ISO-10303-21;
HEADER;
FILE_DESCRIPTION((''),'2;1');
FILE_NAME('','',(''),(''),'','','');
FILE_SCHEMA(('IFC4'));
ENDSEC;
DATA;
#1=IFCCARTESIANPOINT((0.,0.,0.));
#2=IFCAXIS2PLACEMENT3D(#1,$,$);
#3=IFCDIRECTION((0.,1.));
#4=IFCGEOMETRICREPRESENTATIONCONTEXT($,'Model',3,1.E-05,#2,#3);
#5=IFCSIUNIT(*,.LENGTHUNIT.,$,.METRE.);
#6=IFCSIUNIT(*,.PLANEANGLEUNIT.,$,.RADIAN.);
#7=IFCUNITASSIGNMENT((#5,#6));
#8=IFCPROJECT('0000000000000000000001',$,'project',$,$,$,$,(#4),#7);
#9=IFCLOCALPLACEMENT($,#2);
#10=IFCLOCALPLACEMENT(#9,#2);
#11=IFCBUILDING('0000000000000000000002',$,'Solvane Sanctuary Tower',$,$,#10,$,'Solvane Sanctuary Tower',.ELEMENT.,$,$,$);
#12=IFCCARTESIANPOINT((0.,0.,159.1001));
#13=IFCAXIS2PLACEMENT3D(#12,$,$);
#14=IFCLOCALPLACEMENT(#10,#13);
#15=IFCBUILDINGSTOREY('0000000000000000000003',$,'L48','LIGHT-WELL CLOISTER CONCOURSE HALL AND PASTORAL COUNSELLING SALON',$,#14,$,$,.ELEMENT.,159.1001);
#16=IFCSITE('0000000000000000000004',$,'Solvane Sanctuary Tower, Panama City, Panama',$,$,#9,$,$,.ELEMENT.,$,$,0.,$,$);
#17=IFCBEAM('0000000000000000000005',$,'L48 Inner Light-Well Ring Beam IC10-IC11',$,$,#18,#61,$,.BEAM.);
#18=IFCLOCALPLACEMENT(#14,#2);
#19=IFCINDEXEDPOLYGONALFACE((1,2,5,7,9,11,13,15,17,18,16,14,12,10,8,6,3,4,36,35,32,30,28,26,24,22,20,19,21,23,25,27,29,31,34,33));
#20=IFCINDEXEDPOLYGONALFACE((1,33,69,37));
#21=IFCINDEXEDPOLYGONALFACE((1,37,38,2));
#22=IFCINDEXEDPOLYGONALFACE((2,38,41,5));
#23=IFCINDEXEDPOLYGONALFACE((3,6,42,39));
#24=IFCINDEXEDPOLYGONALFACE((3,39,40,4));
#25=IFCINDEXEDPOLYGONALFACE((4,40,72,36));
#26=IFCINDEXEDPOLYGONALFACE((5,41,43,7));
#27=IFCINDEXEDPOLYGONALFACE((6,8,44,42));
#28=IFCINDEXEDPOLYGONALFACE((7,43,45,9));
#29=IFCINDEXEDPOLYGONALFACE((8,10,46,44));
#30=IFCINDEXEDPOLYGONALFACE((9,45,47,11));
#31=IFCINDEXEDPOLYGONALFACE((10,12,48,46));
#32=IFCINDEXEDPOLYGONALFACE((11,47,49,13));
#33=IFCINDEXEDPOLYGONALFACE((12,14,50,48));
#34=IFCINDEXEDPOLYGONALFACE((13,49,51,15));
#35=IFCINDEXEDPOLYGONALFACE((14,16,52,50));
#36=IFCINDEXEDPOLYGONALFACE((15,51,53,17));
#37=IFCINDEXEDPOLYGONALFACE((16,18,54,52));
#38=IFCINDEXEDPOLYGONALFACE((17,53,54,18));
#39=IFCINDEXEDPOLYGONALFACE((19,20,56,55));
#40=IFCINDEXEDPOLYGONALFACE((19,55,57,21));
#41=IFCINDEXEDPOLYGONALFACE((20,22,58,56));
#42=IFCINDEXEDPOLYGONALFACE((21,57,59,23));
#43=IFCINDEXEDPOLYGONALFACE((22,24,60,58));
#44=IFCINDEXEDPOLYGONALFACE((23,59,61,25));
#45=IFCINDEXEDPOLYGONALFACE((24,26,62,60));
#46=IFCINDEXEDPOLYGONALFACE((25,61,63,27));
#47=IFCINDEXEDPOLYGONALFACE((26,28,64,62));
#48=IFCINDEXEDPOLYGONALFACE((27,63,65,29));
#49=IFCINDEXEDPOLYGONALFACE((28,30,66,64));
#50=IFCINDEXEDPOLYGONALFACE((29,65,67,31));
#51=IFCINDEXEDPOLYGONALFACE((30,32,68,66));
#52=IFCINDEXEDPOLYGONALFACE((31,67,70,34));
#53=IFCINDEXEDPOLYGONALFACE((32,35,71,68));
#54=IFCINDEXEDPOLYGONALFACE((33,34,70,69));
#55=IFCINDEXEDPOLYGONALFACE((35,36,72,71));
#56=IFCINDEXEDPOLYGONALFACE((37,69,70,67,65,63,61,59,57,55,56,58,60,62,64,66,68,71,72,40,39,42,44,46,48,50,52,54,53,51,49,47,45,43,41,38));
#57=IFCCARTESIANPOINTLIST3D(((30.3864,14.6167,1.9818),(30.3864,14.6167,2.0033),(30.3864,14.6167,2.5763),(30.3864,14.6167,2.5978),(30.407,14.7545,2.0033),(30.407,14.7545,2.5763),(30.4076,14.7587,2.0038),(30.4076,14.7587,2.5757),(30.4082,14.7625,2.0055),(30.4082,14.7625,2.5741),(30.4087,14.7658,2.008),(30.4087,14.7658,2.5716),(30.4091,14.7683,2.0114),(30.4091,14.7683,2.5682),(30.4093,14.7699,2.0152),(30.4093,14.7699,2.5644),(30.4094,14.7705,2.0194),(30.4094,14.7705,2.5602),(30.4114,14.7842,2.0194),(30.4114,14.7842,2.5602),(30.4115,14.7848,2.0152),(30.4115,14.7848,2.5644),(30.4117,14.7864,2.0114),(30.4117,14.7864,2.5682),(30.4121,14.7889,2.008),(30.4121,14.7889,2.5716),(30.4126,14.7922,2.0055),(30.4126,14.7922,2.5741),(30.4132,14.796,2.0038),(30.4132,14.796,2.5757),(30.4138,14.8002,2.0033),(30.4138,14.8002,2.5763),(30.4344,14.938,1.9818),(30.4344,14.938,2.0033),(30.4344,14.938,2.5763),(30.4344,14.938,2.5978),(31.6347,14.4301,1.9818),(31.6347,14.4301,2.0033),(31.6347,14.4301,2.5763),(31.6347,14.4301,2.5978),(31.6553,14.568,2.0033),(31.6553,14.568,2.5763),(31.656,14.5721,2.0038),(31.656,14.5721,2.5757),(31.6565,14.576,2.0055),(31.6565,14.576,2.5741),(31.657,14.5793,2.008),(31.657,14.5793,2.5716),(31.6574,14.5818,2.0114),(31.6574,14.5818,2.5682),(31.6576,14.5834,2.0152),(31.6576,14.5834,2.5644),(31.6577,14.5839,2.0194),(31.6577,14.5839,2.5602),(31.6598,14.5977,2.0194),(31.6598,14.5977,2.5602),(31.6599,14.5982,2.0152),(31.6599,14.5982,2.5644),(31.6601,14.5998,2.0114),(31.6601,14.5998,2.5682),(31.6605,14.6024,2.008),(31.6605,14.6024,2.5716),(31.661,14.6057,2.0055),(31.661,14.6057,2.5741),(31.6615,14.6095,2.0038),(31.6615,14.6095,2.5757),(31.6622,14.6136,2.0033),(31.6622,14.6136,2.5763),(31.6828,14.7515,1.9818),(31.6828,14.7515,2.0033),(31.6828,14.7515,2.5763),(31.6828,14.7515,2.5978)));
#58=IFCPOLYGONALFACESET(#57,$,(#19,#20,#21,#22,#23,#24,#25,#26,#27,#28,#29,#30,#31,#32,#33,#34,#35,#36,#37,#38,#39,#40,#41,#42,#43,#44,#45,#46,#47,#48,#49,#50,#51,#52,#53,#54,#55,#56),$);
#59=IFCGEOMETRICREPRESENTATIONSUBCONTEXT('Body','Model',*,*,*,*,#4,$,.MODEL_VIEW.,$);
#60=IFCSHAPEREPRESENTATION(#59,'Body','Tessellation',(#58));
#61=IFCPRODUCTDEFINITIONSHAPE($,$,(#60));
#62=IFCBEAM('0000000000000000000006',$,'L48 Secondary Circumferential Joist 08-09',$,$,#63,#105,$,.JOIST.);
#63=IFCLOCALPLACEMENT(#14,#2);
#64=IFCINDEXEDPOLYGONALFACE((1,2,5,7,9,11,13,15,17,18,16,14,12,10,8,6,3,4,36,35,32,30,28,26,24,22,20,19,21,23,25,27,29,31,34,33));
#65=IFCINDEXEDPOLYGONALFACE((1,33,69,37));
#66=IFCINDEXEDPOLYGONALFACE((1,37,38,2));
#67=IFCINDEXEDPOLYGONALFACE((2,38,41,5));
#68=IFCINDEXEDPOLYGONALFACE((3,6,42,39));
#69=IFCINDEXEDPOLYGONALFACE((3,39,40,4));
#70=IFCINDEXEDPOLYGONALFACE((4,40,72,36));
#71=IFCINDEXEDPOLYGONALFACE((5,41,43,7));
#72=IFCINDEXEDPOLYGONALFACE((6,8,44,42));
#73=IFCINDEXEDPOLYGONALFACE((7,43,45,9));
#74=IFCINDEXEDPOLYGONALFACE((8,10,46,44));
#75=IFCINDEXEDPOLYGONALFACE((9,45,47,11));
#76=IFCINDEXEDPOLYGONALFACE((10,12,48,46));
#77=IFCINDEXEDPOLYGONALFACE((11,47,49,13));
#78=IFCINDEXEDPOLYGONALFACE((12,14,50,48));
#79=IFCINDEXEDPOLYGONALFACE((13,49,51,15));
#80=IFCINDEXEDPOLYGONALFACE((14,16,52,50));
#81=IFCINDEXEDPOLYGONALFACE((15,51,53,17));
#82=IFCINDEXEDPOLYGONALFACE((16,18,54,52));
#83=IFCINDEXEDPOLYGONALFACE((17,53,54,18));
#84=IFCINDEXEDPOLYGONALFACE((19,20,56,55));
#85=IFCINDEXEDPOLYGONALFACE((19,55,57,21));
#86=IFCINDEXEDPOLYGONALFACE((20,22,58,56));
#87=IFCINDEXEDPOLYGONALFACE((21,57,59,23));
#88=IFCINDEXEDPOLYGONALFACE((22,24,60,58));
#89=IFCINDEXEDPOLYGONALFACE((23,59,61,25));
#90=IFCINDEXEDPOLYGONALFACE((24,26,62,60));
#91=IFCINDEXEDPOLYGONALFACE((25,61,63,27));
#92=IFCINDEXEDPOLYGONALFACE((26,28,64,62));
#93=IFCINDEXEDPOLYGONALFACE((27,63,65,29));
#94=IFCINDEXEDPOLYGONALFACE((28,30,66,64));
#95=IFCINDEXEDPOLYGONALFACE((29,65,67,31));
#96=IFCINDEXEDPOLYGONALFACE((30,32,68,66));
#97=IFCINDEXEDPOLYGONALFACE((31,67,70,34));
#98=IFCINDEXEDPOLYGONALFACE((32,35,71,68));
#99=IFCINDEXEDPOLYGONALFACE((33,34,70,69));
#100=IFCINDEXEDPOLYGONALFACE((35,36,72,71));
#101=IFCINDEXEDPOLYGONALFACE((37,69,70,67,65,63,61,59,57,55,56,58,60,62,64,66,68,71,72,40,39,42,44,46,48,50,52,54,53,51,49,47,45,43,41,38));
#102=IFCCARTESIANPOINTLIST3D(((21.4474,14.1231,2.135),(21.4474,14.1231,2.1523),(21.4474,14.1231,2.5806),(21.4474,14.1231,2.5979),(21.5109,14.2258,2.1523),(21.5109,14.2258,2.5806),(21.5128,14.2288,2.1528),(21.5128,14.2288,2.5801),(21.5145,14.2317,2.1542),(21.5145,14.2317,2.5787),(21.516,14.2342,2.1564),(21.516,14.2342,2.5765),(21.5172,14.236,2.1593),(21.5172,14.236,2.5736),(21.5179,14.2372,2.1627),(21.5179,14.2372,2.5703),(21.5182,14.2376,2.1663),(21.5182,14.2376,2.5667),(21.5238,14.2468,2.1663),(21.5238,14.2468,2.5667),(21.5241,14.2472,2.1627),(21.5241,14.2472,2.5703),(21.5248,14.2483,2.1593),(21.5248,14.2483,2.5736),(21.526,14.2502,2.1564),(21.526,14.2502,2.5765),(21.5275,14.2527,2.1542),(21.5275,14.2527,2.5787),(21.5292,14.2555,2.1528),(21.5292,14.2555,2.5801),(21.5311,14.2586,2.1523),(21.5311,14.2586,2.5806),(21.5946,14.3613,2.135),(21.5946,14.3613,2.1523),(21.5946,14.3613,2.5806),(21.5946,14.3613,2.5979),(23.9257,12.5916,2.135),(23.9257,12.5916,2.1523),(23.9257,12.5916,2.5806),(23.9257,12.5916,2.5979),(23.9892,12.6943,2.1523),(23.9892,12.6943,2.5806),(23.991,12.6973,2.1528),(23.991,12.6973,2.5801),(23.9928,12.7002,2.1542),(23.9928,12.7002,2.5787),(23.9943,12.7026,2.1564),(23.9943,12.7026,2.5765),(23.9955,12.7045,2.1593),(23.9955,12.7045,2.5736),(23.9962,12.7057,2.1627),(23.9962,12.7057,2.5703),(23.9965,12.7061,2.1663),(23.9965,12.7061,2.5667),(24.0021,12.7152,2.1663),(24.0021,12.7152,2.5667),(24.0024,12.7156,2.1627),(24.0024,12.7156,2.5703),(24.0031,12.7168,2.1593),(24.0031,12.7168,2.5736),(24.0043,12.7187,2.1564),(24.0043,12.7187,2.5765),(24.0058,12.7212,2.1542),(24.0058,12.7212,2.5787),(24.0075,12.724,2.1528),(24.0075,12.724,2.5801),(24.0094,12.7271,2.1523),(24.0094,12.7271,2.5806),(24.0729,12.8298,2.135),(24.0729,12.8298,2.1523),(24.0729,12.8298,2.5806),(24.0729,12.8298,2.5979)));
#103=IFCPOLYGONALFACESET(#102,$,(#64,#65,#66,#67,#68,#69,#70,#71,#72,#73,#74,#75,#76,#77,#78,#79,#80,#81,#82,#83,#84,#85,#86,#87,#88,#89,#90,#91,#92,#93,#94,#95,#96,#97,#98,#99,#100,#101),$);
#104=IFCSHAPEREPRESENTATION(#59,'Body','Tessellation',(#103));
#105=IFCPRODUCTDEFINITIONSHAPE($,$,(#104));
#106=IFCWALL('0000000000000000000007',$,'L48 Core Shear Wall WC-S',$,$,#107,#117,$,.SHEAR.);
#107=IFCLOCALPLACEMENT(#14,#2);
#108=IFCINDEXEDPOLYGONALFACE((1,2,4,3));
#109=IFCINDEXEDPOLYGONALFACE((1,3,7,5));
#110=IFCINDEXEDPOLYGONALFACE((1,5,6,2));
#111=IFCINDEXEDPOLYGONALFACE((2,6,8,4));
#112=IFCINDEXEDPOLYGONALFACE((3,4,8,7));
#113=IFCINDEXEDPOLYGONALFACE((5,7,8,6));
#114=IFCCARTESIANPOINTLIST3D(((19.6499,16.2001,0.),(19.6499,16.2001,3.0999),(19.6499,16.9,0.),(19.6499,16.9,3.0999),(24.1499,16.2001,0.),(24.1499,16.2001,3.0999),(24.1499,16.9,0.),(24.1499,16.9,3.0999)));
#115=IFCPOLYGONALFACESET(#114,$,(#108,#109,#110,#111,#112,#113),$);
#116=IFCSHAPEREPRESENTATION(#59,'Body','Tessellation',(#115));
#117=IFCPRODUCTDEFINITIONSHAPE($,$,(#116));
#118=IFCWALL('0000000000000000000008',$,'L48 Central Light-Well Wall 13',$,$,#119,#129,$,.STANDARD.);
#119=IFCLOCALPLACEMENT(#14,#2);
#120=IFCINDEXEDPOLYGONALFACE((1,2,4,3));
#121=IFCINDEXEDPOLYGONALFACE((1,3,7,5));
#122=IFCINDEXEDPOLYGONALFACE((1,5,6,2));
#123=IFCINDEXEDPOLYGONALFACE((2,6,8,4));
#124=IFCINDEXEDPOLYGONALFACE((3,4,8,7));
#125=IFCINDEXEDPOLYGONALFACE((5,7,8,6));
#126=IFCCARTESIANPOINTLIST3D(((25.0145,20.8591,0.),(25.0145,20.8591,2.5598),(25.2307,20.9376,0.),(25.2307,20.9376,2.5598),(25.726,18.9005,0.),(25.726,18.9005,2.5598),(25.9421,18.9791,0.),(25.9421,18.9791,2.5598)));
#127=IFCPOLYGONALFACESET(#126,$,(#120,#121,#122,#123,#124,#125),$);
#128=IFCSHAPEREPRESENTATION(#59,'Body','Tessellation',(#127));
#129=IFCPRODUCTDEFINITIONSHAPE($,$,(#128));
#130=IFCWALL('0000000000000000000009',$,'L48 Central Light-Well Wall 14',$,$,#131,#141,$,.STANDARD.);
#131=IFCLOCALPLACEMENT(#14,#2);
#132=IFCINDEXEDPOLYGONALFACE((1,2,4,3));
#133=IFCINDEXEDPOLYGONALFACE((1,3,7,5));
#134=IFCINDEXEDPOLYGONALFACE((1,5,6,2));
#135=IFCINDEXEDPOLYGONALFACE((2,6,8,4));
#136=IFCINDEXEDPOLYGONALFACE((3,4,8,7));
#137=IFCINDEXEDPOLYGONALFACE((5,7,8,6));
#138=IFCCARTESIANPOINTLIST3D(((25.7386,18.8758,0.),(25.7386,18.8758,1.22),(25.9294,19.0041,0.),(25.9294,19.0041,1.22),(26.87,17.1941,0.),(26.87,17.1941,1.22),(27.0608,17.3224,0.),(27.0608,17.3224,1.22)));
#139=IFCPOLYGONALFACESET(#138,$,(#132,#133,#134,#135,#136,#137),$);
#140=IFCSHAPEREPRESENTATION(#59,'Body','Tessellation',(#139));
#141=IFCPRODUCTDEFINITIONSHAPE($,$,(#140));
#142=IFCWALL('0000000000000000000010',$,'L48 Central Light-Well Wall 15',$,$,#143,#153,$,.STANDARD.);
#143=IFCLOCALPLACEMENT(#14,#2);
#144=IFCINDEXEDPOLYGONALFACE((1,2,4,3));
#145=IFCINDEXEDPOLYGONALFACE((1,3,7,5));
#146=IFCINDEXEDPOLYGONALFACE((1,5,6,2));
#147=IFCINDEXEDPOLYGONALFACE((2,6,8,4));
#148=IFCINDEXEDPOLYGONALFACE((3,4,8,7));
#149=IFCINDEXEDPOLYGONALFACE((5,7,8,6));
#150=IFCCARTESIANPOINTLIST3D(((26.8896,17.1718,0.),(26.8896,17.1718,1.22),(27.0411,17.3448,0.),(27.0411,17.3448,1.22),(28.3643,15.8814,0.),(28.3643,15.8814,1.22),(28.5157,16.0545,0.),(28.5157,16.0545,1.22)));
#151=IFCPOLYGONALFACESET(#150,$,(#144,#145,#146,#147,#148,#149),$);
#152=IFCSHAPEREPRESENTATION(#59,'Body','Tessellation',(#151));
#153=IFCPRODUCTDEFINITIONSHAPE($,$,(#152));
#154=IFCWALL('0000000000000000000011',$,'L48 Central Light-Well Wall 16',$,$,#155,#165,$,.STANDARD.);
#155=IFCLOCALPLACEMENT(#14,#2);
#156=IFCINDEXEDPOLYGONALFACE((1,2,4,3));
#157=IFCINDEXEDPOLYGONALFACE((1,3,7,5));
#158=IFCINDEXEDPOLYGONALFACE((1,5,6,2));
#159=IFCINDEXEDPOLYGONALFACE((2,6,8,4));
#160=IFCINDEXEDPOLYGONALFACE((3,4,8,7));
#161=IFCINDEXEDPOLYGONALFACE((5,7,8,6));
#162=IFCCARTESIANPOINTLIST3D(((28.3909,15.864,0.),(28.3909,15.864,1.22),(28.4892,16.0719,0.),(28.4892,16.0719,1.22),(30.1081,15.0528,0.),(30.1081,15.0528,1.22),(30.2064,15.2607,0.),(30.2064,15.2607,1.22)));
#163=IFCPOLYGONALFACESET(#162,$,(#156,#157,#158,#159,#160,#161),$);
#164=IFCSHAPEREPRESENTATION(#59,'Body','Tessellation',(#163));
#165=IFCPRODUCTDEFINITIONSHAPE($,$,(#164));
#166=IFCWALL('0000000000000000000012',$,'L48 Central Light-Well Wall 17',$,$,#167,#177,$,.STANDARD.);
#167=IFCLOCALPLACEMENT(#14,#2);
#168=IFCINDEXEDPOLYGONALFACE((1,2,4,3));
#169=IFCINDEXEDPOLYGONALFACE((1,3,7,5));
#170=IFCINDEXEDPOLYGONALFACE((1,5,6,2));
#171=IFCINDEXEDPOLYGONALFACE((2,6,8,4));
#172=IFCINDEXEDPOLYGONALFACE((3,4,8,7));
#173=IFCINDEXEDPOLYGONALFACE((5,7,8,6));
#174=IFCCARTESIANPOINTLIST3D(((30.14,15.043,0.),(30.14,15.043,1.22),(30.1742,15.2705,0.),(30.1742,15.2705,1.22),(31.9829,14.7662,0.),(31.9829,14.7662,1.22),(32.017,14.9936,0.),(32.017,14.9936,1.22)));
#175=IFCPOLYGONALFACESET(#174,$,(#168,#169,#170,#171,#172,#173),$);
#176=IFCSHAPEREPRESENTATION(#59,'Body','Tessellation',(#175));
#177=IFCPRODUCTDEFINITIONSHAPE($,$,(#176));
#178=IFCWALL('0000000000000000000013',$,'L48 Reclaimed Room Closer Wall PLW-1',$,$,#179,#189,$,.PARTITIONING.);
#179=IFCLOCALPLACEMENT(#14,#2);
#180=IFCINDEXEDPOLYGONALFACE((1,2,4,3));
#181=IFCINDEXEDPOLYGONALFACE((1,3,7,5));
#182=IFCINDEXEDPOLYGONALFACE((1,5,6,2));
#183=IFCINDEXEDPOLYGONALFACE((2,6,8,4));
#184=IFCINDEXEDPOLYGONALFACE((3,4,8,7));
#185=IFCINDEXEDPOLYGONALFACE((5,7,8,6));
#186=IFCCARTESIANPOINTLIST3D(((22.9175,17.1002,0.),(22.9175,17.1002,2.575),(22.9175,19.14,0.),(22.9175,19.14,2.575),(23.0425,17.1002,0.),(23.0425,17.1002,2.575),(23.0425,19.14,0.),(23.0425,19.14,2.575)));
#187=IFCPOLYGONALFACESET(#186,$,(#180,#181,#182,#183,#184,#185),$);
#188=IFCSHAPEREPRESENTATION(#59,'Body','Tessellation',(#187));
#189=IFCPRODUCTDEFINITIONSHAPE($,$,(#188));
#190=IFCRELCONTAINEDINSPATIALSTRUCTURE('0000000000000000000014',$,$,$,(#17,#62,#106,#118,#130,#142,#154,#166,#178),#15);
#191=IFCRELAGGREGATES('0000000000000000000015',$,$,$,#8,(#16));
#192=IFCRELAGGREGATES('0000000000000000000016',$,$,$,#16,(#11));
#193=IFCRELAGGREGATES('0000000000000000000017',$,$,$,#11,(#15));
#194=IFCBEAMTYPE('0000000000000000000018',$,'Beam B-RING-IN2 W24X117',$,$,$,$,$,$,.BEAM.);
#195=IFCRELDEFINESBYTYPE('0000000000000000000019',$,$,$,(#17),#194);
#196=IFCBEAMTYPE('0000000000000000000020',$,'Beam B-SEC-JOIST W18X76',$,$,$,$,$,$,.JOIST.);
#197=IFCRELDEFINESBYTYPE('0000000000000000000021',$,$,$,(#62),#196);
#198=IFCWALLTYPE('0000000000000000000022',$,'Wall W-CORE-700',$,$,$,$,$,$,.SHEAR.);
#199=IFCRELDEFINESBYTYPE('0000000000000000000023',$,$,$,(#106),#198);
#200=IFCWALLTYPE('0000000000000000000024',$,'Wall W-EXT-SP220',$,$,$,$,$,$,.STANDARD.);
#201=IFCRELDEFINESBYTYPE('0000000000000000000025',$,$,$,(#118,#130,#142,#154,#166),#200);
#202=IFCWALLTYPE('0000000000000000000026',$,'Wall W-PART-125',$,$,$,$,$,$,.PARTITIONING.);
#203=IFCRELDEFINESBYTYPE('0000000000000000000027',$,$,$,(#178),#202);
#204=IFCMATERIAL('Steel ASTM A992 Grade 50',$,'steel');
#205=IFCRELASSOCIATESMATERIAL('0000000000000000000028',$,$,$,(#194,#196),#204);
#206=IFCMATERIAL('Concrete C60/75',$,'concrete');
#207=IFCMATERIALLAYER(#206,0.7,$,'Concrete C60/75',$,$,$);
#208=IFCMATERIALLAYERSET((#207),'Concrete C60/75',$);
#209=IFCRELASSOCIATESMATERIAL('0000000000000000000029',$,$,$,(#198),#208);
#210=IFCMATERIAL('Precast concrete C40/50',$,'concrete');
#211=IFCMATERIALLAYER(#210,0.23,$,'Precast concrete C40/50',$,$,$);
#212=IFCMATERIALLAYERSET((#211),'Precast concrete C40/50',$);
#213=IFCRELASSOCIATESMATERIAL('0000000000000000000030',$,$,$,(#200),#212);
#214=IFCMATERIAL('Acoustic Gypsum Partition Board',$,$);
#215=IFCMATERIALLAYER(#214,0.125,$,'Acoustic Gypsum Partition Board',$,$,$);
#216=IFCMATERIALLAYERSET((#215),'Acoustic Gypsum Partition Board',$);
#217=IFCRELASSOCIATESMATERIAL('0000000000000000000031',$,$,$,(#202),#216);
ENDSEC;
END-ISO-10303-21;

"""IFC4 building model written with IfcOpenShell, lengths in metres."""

from ifc_helpers import new_model, si_unit, direction, frame, frame_2d, origin, origin_2d, place, context, subcontext, project, spatial, rectangle, i_section, extrude, material, layer, layer_set, material_profile, profile_set, type_object, element, save


model = new_model("IFC4")

# Units and contexts
model_context = context("Model", 3, precision=1e-05, world=origin(), true_north=direction((0.0, 1.0)))
body_context = subcontext(model_context, "Body", "Model", "MODEL_VIEW")
ifc_project = project(units=[si_unit("LENGTHUNIT", "METRE"), si_unit("PLANEANGLEUNIT", "RADIAN")], contexts=[model_context])

# Site, building, storey
site_placement = place(None, origin())
site = spatial("IfcSite", under=ifc_project, at=site_placement, Name="Solvane Sanctuary Tower, Panama City, Panama", CompositionType="ELEMENT", RefElevation=0.0)
building_placement = place(site_placement, origin())
building = spatial("IfcBuilding", under=site, at=building_placement, Name="Solvane Sanctuary Tower", LongName="Solvane Sanctuary Tower", CompositionType="ELEMENT")
storey_placement = place(building_placement, frame((0.0, 0.0, 159.1001)))
storey = spatial("IfcBuildingStorey", under=building, at=storey_placement, Name="L48", Description="LIGHT-WELL CLOISTER CONCOURSE HALL AND PASTORAL COUNSELLING SALON", CompositionType="ELEMENT", Elevation=159.1001)

# Beams
ifc_material_1 = material(Name="Steel ASTM A992 Grade 50", Category="steel")
ifc_material_profile_1 = material_profile(ifc_material_1, i_section(OverallWidth=0.325, OverallDepth=0.616, WebThickness=0.0139, FlangeThickness=0.0215, FilletRadius=0.0161, at=origin_2d()), Name="W24X117")
ifc_profile_set_1 = profile_set([ifc_material_profile_1], Name="Steel ASTM A992 Grade 50")
beam_type_1 = type_object("IfcBeamType", Name="Beam B-RING-IN2 W24X117", PredefinedType="BEAM", material=ifc_profile_set_1)
beam_1_placement = place(storey_placement, frame((30.4104, 14.7773, 2.2898), z_axis=(0.98902, -0.147782, 0.0), x_axis=(0.147782, 0.98902, 0.0)))
element("IfcBeam", 1, at=beam_1_placement, inside=storey, type_object=beam_type_1, Name="L48 Inner Light-Well Ring Beam IC10-IC11", PredefinedType="BEAM", context=body_context, shape_type="SweptSolid", body=[
    extrude(i_section(OverallWidth=0.325, OverallDepth=0.616, WebThickness=0.0139, FlangeThickness=0.0215, FilletRadius=0.0161, at=origin_2d()), origin(), (0.0, 0.0, 1.0), 1.2622),
])
ifc_material_profile_2 = material_profile(ifc_material_1, i_section(OverallWidth=0.28, OverallDepth=0.4629, WebThickness=0.0107, FlangeThickness=0.0173, FilletRadius=0.0139, at=origin_2d()), Name="W18X76")
ifc_profile_set_2 = profile_set([ifc_material_profile_2], Name="Steel ASTM A992 Grade 50")
beam_type_2 = type_object("IfcBeamType", Name="Beam B-SEC-JOIST W18X76", PredefinedType="JOIST", material=ifc_profile_set_2)
beam_2_placement = place(storey_placement, frame((21.521, 14.2422, 2.3665), z_axis=(0.850676, -0.525691, 0.0), x_axis=(0.525691, 0.850676, 0.0)))
element("IfcBeam", 2, at=beam_2_placement, inside=storey, type_object=beam_type_2, Name="L48 Secondary Circumferential Joist 08-09", PredefinedType="JOIST", context=body_context, shape_type="SweptSolid", body=[
    extrude(i_section(OverallWidth=0.28, OverallDepth=0.4629, WebThickness=0.0107, FlangeThickness=0.0173, FilletRadius=0.0139, at=origin_2d()), origin(), (0.0, 0.0, 1.0), 2.9133),
])

# Walls
ifc_material_2 = material(Name="Concrete C60/75", Category="concrete")
ifc_layer_1 = layer(ifc_material_2, 0.7, Name="Concrete C60/75")
ifc_layer_set_1 = layer_set([ifc_layer_1], Name="Concrete C60/75")
wall_type_1 = type_object("IfcWallType", Name="Wall W-CORE-700", PredefinedType="SHEAR", material=ifc_layer_set_1)
wall_1_placement = place(storey_placement, frame((19.6499, 16.55, 0.0), z_axis=(0.0, 0.0, 1.0), x_axis=(1.0, 0.0, 0.0)))
element("IfcWall", 3, at=wall_1_placement, inside=storey, type_object=wall_type_1, Name="L48 Core Shear Wall WC-S", PredefinedType="SHEAR", context=body_context, shape_type="SweptSolid", body=[
    extrude(rectangle(XDim=4.5, YDim=0.7, at=frame_2d((2.25, 0.0))), origin(), (0.0, 0.0, 1.0), 3.0999),
])
ifc_material_3 = material(Name="Precast concrete C40/50", Category="concrete")
ifc_layer_2 = layer(ifc_material_3, 0.23, Name="Precast concrete C40/50")
ifc_layer_set_2 = layer_set([ifc_layer_2], Name="Precast concrete C40/50")
wall_type_2 = type_object("IfcWallType", Name="Wall W-EXT-SP220", PredefinedType="STANDARD", material=ifc_layer_set_2)
wall_2_placement = place(storey_placement, frame((25.1226, 20.8984, 0.0), z_axis=(0.0, 0.0, 1.0), x_axis=(0.341423, -0.93991, 0.0)))
element("IfcWall", 4, at=wall_2_placement, inside=storey, type_object=wall_type_2, Name="L48 Central Light-Well Wall 13", PredefinedType="STANDARD", context=body_context, shape_type="SweptSolid", body=[
    extrude(rectangle(XDim=2.0837, YDim=0.23, at=frame_2d((1.042, 0.0))), origin(), (0.0, 0.0, 1.0), 2.5598),
])
wall_3_placement = place(storey_placement, frame((25.834, 18.9399, 0.0), z_axis=(0.0, 0.0, 1.0), x_axis=(0.558198, -0.829708, 0.0)))
element("IfcWall", 5, at=wall_3_placement, inside=storey, type_object=wall_type_2, Name="L48 Central Light-Well Wall 14", PredefinedType="STANDARD", context=body_context, shape_type="SweptSolid", body=[
    extrude(rectangle(XDim=2.0269, YDim=0.23, at=frame_2d((1.0134, 0.0))), origin(), (0.0, 0.0, 1.0), 1.22),
])
wall_4_placement = place(storey_placement, frame((26.9653, 17.2583, 0.0), z_axis=(0.0, 0.0, 1.0), x_axis=(0.752577, -0.658505, 0.0)))
element("IfcWall", 6, at=wall_4_placement, inside=storey, type_object=wall_type_2, Name="L48 Central Light-Well Wall 15", PredefinedType="STANDARD", context=body_context, shape_type="SweptSolid", body=[
    extrude(rectangle(XDim=1.9595, YDim=0.23, at=frame_2d((0.9797, 0.0))), origin(), (0.0, 0.0, 1.0), 1.22),
])
wall_5_placement = place(storey_placement, frame((28.4399, 15.968, 0.0), z_axis=(0.0, 0.0, 1.0), x_axis=(0.90418, -0.427152, 0.0)))
element("IfcWall", 7, at=wall_5_placement, inside=storey, type_object=wall_type_2, Name="L48 Central Light-Well Wall 16", PredefinedType="STANDARD", context=body_context, shape_type="SweptSolid", body=[
    extrude(rectangle(XDim=1.8992, YDim=0.23, at=frame_2d((0.9497, 0.0))), origin(), (0.0, 0.0, 1.0), 1.22),
])
wall_6_placement = place(storey_placement, frame((30.1572, 15.1567, 0.0), z_axis=(0.0, 0.0, 1.0), x_axis=(0.988902, -0.148571, 0.0)))
element("IfcWall", 8, at=wall_6_placement, inside=storey, type_object=wall_type_2, Name="L48 Central Light-Well Wall 17", PredefinedType="STANDARD", context=body_context, shape_type="SweptSolid", body=[
    extrude(rectangle(XDim=1.8635, YDim=0.23, at=frame_2d((0.9316, 0.0))), origin(), (0.0, 0.0, 1.0), 1.22),
])
ifc_material_4 = material(Name="Acoustic Gypsum Partition Board")
ifc_layer_3 = layer(ifc_material_4, 0.125, Name="Acoustic Gypsum Partition Board")
ifc_layer_set_3 = layer_set([ifc_layer_3], Name="Acoustic Gypsum Partition Board")
wall_type_3 = type_object("IfcWallType", Name="Wall W-PART-125", PredefinedType="PARTITIONING", material=ifc_layer_set_3)
wall_7_placement = place(storey_placement, frame((22.98, 17.1001, 0.0), z_axis=(0.0, 0.0, 1.0), x_axis=(0.0, 1.0, 0.0)))
element("IfcWall", 9, at=wall_7_placement, inside=storey, type_object=wall_type_3, Name="L48 Reclaimed Room Closer Wall PLW-1", PredefinedType="PARTITIONING", context=body_context, shape_type="SweptSolid", body=[
    extrude(rectangle(XDim=2.0398, YDim=0.125, at=frame_2d((1.02, 0.0))), origin(), (0.0, 0.0, 1.0), 2.575),
])

save(model, "model.ifc")
